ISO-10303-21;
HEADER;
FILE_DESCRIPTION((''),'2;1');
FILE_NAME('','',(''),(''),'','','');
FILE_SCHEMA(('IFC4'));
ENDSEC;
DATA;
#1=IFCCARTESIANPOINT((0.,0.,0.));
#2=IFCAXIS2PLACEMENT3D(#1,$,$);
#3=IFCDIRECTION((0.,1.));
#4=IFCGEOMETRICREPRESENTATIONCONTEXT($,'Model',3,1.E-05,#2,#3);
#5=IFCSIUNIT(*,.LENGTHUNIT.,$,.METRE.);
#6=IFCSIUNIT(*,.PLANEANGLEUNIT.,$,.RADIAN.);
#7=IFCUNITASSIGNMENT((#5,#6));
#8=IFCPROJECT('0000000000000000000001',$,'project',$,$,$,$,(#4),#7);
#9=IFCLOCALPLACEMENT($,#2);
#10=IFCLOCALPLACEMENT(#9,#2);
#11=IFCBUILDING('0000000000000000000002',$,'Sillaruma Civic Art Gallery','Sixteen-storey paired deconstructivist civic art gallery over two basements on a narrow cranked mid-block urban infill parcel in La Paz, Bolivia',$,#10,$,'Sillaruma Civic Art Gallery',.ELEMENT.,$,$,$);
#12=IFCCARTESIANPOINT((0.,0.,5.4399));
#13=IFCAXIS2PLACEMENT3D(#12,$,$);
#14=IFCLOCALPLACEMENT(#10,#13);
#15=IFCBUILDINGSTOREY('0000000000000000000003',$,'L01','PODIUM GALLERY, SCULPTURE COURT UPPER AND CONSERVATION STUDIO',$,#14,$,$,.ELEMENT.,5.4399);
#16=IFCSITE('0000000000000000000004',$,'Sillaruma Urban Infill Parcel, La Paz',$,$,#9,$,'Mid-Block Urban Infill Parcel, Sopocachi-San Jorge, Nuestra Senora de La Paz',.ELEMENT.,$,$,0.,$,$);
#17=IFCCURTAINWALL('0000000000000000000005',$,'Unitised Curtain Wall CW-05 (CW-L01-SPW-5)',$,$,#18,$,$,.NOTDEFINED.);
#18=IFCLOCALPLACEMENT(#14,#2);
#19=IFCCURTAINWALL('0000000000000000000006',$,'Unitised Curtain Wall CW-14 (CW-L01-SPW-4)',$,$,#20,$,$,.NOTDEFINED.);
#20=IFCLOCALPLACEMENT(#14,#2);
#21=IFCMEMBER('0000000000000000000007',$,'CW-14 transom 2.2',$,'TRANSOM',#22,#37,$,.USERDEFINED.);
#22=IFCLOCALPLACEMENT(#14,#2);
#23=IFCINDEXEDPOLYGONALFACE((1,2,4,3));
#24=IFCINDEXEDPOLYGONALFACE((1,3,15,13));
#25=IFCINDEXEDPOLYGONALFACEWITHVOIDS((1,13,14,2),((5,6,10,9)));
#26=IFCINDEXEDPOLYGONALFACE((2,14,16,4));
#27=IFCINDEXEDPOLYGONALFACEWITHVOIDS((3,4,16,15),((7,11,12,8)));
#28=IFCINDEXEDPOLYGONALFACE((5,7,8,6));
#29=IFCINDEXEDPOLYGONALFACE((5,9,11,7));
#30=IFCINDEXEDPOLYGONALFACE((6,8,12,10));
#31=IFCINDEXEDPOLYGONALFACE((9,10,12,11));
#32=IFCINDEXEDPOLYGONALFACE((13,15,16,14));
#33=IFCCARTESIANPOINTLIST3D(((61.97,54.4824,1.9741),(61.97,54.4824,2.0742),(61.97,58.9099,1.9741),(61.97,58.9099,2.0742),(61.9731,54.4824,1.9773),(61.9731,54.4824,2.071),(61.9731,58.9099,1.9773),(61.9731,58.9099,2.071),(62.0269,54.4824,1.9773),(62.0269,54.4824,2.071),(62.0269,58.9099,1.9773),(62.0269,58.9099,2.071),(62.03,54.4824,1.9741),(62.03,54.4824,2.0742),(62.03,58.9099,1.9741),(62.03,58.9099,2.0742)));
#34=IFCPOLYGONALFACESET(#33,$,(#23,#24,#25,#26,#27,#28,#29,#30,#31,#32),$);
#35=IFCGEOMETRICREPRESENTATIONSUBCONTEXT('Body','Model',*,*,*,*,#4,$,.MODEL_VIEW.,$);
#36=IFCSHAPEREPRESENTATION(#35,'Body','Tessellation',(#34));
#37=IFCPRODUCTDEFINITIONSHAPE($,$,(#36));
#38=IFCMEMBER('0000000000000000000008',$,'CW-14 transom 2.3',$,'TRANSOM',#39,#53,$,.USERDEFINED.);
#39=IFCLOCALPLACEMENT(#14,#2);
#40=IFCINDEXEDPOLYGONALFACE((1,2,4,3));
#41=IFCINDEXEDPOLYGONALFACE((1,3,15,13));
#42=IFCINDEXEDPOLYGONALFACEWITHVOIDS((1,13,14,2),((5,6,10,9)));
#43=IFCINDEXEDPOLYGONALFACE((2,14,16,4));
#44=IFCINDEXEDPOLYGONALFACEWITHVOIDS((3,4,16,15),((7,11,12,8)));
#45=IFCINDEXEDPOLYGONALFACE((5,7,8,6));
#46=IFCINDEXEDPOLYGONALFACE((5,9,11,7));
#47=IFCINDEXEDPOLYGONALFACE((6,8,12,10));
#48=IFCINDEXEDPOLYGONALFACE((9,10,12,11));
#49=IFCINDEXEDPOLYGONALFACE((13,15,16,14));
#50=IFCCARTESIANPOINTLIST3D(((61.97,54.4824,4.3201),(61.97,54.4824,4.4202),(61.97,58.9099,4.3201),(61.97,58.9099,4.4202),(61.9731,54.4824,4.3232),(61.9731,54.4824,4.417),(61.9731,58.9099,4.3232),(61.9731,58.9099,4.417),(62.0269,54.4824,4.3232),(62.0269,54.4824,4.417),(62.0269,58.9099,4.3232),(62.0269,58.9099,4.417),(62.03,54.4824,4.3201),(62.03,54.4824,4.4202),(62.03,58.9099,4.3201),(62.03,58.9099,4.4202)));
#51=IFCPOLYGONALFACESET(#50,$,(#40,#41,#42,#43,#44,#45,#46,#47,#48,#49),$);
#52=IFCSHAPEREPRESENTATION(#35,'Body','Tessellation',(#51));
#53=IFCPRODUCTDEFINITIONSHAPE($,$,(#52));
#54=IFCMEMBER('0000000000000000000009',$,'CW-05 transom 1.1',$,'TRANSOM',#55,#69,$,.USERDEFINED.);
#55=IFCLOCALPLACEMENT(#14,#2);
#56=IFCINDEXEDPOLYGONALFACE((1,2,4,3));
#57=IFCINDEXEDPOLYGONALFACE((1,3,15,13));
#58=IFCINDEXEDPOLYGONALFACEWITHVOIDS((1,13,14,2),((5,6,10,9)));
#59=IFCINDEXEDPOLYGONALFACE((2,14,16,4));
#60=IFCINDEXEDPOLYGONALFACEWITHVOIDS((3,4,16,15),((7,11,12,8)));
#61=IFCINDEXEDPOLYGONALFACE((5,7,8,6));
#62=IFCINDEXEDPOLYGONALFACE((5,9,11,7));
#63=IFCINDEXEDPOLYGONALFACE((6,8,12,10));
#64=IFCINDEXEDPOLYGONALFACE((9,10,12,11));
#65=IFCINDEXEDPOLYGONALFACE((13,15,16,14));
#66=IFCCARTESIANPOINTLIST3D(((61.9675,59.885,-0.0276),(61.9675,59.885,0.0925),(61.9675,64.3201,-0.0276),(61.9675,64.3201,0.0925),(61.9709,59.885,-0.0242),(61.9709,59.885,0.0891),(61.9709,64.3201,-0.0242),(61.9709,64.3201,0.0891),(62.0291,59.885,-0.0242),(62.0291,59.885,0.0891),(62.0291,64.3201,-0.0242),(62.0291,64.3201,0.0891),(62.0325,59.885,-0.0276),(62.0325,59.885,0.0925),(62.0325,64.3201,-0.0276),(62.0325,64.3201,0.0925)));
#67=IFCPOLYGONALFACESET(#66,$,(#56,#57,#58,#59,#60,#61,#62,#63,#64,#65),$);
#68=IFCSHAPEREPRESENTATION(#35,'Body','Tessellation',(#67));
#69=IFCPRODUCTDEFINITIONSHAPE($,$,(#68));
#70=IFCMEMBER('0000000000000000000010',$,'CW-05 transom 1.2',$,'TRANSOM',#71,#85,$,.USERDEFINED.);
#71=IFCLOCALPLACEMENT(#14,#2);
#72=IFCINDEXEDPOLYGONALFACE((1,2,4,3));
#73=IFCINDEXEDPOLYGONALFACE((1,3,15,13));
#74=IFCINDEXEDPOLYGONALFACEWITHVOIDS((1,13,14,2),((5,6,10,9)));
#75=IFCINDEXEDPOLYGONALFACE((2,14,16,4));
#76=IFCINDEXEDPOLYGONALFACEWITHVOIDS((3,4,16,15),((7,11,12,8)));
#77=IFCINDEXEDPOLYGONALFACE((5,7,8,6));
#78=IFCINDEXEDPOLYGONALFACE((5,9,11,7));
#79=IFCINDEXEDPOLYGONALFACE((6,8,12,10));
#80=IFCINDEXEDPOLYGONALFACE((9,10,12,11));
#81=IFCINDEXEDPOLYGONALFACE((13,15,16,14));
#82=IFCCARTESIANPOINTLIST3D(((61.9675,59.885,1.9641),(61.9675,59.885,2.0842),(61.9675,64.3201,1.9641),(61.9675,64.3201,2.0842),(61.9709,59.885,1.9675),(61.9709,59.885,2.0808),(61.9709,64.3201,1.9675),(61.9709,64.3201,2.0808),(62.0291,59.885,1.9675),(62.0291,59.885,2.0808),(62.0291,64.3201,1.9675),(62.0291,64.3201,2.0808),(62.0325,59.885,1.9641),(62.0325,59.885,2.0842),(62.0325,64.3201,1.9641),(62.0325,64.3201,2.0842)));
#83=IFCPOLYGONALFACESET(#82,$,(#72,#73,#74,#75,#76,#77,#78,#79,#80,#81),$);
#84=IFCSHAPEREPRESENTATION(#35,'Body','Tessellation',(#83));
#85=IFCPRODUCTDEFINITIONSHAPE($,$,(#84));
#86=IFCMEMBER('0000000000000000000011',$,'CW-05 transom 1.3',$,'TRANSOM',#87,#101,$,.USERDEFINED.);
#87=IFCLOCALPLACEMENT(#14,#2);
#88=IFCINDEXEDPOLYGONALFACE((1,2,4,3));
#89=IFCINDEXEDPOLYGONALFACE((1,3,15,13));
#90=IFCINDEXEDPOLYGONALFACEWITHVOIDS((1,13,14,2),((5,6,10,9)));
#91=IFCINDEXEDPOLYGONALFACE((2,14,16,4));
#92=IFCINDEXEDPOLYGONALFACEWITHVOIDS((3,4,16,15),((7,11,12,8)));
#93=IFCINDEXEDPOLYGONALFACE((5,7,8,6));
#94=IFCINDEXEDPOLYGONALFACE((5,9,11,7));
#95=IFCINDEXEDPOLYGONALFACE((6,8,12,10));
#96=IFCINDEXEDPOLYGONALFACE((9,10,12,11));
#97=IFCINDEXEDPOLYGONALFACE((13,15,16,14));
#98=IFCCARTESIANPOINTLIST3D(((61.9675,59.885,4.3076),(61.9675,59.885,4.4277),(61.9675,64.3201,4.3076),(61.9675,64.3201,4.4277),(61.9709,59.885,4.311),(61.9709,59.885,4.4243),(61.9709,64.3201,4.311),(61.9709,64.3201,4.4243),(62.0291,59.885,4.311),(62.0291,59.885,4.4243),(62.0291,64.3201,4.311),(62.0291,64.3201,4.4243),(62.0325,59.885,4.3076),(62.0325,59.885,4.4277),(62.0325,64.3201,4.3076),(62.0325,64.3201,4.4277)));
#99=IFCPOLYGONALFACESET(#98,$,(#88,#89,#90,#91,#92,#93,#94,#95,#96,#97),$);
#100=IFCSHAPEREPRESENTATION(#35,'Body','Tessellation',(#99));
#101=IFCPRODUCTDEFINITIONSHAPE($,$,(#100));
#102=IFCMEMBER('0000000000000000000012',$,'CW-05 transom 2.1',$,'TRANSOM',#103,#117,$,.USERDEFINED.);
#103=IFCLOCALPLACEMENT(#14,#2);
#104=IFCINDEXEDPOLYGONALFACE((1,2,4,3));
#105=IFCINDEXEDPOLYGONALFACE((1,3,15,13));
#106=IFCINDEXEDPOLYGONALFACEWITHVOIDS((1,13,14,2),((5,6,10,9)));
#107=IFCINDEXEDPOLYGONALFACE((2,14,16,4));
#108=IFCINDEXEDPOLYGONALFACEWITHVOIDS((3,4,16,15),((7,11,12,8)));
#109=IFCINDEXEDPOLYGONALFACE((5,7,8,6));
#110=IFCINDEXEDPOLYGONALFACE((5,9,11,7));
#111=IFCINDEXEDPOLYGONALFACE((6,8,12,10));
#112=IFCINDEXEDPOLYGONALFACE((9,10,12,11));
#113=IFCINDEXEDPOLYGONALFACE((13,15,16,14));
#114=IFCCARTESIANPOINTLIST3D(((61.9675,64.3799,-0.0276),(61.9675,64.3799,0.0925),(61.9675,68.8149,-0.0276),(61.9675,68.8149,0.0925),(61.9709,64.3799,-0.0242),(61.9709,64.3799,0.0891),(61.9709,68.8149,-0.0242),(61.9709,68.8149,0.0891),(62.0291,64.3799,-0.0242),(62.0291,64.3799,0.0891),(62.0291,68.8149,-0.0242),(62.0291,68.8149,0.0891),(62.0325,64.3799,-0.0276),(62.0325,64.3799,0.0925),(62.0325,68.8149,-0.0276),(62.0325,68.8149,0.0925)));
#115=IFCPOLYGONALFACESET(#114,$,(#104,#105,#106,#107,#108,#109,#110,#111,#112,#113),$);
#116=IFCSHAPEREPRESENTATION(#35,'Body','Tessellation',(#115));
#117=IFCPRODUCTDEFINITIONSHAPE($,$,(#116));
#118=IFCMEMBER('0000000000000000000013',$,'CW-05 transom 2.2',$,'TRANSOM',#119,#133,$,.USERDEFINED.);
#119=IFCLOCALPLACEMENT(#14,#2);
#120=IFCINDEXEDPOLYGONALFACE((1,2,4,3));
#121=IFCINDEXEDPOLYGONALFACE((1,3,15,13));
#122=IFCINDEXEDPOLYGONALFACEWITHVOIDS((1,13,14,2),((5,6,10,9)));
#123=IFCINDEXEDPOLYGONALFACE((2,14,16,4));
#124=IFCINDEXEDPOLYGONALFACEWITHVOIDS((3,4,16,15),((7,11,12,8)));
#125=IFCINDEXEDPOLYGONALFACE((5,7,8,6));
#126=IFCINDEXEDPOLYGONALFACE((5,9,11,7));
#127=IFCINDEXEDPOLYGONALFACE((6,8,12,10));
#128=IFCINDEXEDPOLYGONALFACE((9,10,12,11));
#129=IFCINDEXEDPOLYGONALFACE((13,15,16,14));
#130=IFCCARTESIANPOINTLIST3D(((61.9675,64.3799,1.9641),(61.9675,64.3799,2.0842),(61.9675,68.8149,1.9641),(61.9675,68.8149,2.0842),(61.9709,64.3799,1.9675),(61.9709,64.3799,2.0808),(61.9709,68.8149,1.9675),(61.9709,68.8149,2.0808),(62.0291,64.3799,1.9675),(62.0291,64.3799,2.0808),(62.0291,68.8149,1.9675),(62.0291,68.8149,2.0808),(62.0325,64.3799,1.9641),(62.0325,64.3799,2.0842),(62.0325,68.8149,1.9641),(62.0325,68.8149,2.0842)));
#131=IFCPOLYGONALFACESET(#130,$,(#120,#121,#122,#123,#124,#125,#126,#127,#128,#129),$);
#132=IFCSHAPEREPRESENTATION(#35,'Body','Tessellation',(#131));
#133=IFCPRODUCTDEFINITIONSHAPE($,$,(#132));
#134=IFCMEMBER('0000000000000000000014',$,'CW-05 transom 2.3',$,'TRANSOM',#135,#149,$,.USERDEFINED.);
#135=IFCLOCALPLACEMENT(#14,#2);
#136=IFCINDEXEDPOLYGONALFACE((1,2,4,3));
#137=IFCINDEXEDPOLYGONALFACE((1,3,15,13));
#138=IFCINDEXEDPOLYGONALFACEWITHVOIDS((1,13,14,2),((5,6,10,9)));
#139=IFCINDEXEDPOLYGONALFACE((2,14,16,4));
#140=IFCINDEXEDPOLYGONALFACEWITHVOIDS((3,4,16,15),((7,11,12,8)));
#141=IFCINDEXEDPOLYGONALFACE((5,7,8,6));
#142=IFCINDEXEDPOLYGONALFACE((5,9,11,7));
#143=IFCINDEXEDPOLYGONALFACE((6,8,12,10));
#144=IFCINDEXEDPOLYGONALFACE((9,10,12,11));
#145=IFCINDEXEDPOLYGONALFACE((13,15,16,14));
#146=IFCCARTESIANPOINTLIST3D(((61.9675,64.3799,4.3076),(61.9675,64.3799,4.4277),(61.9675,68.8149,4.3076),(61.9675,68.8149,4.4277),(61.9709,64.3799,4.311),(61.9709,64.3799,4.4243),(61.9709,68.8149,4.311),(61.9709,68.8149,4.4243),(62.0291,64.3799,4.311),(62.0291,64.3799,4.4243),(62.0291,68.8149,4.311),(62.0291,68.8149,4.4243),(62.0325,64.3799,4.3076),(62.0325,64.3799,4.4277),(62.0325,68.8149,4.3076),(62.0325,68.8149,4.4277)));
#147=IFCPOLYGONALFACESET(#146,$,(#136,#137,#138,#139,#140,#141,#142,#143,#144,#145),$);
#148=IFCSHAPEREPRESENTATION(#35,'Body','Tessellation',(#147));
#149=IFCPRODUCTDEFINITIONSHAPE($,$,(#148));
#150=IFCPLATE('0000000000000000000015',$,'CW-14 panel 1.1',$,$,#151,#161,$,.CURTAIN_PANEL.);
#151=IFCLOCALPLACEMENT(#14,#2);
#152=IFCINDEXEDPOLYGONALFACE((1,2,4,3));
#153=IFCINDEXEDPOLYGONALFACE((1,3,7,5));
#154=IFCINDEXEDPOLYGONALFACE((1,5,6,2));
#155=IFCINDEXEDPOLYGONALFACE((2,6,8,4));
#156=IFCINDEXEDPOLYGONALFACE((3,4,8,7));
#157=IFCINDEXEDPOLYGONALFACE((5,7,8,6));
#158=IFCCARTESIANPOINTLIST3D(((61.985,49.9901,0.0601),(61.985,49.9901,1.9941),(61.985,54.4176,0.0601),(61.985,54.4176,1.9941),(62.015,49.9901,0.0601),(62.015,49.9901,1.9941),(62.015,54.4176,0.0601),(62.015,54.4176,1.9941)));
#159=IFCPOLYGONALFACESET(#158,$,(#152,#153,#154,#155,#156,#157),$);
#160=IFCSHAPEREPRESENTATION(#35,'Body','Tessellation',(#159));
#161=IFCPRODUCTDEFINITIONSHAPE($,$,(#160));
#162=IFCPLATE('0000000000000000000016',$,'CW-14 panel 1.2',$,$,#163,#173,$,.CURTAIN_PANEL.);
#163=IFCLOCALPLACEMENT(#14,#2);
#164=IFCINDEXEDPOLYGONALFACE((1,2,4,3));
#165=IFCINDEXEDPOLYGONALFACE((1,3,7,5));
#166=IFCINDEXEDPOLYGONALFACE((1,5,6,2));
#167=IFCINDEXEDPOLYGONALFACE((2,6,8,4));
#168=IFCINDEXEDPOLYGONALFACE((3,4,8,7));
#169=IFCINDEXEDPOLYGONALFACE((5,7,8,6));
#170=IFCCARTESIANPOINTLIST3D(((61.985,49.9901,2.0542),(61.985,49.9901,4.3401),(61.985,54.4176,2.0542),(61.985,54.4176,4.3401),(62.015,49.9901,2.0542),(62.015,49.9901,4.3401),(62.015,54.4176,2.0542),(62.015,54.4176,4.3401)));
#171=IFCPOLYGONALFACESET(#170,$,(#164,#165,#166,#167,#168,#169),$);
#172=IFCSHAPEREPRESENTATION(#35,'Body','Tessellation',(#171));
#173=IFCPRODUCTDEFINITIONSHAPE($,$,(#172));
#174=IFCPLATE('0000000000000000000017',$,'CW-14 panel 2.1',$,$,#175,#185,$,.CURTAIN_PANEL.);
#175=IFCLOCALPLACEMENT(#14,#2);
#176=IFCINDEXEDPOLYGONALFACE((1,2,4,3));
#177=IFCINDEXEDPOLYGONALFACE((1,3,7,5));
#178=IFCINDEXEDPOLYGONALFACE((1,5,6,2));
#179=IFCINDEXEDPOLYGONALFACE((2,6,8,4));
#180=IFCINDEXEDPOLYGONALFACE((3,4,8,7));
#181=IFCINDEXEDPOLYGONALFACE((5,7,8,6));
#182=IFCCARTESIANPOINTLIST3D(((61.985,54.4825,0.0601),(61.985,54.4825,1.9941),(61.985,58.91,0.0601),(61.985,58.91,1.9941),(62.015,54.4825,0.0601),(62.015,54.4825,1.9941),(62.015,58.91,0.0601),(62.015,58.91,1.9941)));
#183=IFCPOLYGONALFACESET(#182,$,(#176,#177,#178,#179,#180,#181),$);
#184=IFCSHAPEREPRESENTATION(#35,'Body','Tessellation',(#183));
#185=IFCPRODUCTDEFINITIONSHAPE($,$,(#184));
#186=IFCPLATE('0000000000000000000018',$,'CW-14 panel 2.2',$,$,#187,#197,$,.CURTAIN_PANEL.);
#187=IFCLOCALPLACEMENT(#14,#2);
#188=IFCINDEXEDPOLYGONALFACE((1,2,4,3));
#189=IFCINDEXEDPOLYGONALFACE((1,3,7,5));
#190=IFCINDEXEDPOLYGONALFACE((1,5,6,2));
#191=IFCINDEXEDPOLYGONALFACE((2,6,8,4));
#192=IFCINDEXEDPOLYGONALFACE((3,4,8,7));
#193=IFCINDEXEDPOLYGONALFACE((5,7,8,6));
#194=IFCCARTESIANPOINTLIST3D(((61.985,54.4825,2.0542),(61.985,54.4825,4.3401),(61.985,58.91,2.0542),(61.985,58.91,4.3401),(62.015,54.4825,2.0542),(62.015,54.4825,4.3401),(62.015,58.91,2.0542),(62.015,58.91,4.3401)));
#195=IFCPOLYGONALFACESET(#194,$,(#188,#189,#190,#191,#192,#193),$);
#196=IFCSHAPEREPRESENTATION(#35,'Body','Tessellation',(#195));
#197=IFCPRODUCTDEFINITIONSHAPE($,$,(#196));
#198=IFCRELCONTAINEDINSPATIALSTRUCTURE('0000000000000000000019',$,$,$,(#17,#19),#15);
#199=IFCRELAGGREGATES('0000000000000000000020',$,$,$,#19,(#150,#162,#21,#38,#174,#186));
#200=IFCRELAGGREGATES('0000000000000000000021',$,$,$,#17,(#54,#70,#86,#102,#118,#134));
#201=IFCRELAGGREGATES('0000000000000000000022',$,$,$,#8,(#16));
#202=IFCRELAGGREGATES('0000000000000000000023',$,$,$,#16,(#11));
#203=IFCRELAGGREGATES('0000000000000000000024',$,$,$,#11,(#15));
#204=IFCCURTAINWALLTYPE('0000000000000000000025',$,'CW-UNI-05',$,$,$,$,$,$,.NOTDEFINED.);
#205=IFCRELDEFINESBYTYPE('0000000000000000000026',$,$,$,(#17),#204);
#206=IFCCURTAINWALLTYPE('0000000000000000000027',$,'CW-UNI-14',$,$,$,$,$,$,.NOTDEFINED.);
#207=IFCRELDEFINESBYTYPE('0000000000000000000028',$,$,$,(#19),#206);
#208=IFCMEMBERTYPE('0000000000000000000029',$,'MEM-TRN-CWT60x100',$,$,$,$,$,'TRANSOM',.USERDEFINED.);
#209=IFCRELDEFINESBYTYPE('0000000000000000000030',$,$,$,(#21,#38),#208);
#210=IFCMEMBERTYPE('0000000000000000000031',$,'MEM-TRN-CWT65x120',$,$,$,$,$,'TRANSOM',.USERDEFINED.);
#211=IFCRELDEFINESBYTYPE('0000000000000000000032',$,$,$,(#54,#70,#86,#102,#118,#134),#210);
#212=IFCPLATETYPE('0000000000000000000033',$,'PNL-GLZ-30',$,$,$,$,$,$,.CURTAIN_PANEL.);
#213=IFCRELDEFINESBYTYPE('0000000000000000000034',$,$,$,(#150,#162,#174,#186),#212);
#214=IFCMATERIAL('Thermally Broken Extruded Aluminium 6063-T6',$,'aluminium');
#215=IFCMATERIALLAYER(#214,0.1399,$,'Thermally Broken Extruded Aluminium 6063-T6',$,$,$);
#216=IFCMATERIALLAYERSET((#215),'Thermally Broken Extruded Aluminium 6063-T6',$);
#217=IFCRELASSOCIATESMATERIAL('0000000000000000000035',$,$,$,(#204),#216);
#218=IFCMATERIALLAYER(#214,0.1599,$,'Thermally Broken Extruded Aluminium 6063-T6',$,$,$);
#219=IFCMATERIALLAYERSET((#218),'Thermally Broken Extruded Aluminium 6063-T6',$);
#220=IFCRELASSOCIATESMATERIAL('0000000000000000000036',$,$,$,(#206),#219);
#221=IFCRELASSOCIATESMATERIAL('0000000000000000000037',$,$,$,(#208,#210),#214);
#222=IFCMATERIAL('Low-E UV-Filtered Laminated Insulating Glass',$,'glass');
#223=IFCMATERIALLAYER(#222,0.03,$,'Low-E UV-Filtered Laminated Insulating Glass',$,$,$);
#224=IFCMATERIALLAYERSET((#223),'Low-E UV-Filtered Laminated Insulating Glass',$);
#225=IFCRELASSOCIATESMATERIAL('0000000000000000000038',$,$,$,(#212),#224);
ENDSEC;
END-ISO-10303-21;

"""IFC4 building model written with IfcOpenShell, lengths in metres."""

from ifc_helpers import new_model, si_unit, direction, frame, origin, origin_2d, place, context, subcontext, project, spatial, rectangle, hollow_rectangle, extrude, material, layer, layer_set, material_profile, profile_set, type_object, element, aggregate, save


model = new_model("IFC4")

# Units and contexts
model_context = context("Model", 3, precision=1e-05, world=origin(), true_north=direction((0.0, 1.0)))
body_context = subcontext(model_context, "Body", "Model", "MODEL_VIEW")
ifc_project = project(units=[si_unit("LENGTHUNIT", "METRE"), si_unit("PLANEANGLEUNIT", "RADIAN")], contexts=[model_context])

# Site, building, storey
site_placement = place(None, origin())
site = spatial("IfcSite", under=ifc_project, at=site_placement, Name="Sillaruma Urban Infill Parcel, La Paz", LongName="Mid-Block Urban Infill Parcel, Sopocachi-San Jorge, Nuestra Senora de La Paz", CompositionType="ELEMENT", RefElevation=0.0)
building_placement = place(site_placement, origin())
building = spatial("IfcBuilding", under=site, at=building_placement, Name="Sillaruma Civic Art Gallery", Description="Sixteen-storey paired deconstructivist civic art gallery over two basements on a narrow cranked mid-block urban infill parcel in La Paz, Bolivia", LongName="Sillaruma Civic Art Gallery", CompositionType="ELEMENT")
storey_placement = place(building_placement, frame((0.0, 0.0, 5.4399)))
storey = spatial("IfcBuildingStorey", under=building, at=storey_placement, Name="L01", Description="PODIUM GALLERY, SCULPTURE COURT UPPER AND CONSERVATION STUDIO", CompositionType="ELEMENT", Elevation=5.4399)

# Curtain walls, members
ifc_material_1 = material(Name="Thermally Broken Extruded Aluminium 6063-T6", Category="aluminium")
ifc_layer_1 = layer(ifc_material_1, 0.1399, Name="Thermally Broken Extruded Aluminium 6063-T6")
ifc_layer_set_1 = layer_set([ifc_layer_1], Name="Thermally Broken Extruded Aluminium 6063-T6")
curtain_wall_type_1 = type_object("IfcCurtainWallType", Name="CW-UNI-05", PredefinedType="NOTDEFINED", material=ifc_layer_set_1)
curtain_wall_1_placement = place(storey_placement, origin())
curtain_wall_1 = element("IfcCurtainWall", 1, at=curtain_wall_1_placement, inside=storey, type_object=curtain_wall_type_1, Name="Unitised Curtain Wall CW-05 (CW-L01-SPW-5)", PredefinedType="NOTDEFINED")
ifc_layer_2 = layer(ifc_material_1, 0.1599, Name="Thermally Broken Extruded Aluminium 6063-T6")
ifc_layer_set_2 = layer_set([ifc_layer_2], Name="Thermally Broken Extruded Aluminium 6063-T6")
curtain_wall_type_2 = type_object("IfcCurtainWallType", Name="CW-UNI-14", PredefinedType="NOTDEFINED", material=ifc_layer_set_2)
curtain_wall_2_placement = place(storey_placement, origin())
curtain_wall_2 = element("IfcCurtainWall", 2, at=curtain_wall_2_placement, inside=storey, type_object=curtain_wall_type_2, Name="Unitised Curtain Wall CW-14 (CW-L01-SPW-4)", PredefinedType="NOTDEFINED")
ifc_material_profile_1 = material_profile(ifc_material_1, hollow_rectangle(XDim=0.0601, YDim=0.1001, WallThickness=0.0032, at=origin_2d()), Name="CWT60x100")
ifc_profile_set_1 = profile_set([ifc_material_profile_1], Name="Thermally Broken Extruded Aluminium 6063-T6")
member_type_1 = type_object("IfcMemberType", Name="MEM-TRN-CWT60x100", ElementType="TRANSOM", PredefinedType="USERDEFINED", material=ifc_profile_set_1)
member_1_placement = place(storey_placement, frame((62.0, 54.4824, 2.0242), z_axis=(0.0, 1.0, 0.0), x_axis=(-1.0, 0.0, 0.0)))
member_1 = element("IfcMember", 3, at=member_1_placement, type_object=member_type_1, Name="CW-14 transom 2.2", ObjectType="TRANSOM", PredefinedType="USERDEFINED", context=body_context, shape_type="SweptSolid", body=[
    extrude(hollow_rectangle(XDim=0.0601, YDim=0.1001, WallThickness=0.0032, at=origin_2d()), origin(), (0.0, 0.0, 1.0), 4.4275),
])
member_2_placement = place(storey_placement, frame((62.0, 54.4824, 4.3701), z_axis=(0.0, 1.0, 0.0), x_axis=(-1.0, 0.0, 0.0)))
member_2 = element("IfcMember", 4, at=member_2_placement, type_object=member_type_1, Name="CW-14 transom 2.3", ObjectType="TRANSOM", PredefinedType="USERDEFINED", context=body_context, shape_type="SweptSolid", body=[
    extrude(hollow_rectangle(XDim=0.0601, YDim=0.1001, WallThickness=0.0032, at=origin_2d()), origin(), (0.0, 0.0, 1.0), 4.4275),
])

# Members
ifc_material_profile_2 = material_profile(ifc_material_1, hollow_rectangle(XDim=0.0649, YDim=0.1201, WallThickness=0.0034, at=origin_2d()), Name="CWT65x120")
ifc_profile_set_2 = profile_set([ifc_material_profile_2], Name="Thermally Broken Extruded Aluminium 6063-T6")
member_type_2 = type_object("IfcMemberType", Name="MEM-TRN-CWT65x120", ElementType="TRANSOM", PredefinedType="USERDEFINED", material=ifc_profile_set_2)
member_3_placement = place(storey_placement, frame((62.0, 59.885, 0.0325), z_axis=(0.0, 1.0, 0.0), x_axis=(-1.0, 0.0, 0.0)))
member_3 = element("IfcMember", 5, at=member_3_placement, type_object=member_type_2, Name="CW-05 transom 1.1", ObjectType="TRANSOM", PredefinedType="USERDEFINED", context=body_context, shape_type="SweptSolid", body=[
    extrude(hollow_rectangle(XDim=0.0649, YDim=0.1201, WallThickness=0.0034, at=origin_2d()), origin(), (0.0, 0.0, 1.0), 4.4351),
])
member_4_placement = place(storey_placement, frame((62.0, 59.885, 2.0242), z_axis=(0.0, 1.0, 0.0), x_axis=(-1.0, 0.0, 0.0)))
member_4 = element("IfcMember", 6, at=member_4_placement, type_object=member_type_2, Name="CW-05 transom 1.2", ObjectType="TRANSOM", PredefinedType="USERDEFINED", context=body_context, shape_type="SweptSolid", body=[
    extrude(hollow_rectangle(XDim=0.0649, YDim=0.1201, WallThickness=0.0034, at=origin_2d()), origin(), (0.0, 0.0, 1.0), 4.4351),
])
member_5_placement = place(storey_placement, frame((62.0, 59.885, 4.3677), z_axis=(0.0, 1.0, 0.0), x_axis=(-1.0, 0.0, 0.0)))
member_5 = element("IfcMember", 7, at=member_5_placement, type_object=member_type_2, Name="CW-05 transom 1.3", ObjectType="TRANSOM", PredefinedType="USERDEFINED", context=body_context, shape_type="SweptSolid", body=[
    extrude(hollow_rectangle(XDim=0.0649, YDim=0.1201, WallThickness=0.0034, at=origin_2d()), origin(), (0.0, 0.0, 1.0), 4.4351),
])
member_6_placement = place(storey_placement, frame((62.0, 64.3799, 0.0325), z_axis=(0.0, 1.0, 0.0), x_axis=(-1.0, 0.0, 0.0)))
member_6 = element("IfcMember", 8, at=member_6_placement, type_object=member_type_2, Name="CW-05 transom 2.1", ObjectType="TRANSOM", PredefinedType="USERDEFINED", context=body_context, shape_type="SweptSolid", body=[
    extrude(hollow_rectangle(XDim=0.0649, YDim=0.1201, WallThickness=0.0034, at=origin_2d()), origin(), (0.0, 0.0, 1.0), 4.4351),
])
member_7_placement = place(storey_placement, frame((62.0, 64.3799, 2.0242), z_axis=(0.0, 1.0, 0.0), x_axis=(-1.0, 0.0, 0.0)))
member_7 = element("IfcMember", 9, at=member_7_placement, type_object=member_type_2, Name="CW-05 transom 2.2", ObjectType="TRANSOM", PredefinedType="USERDEFINED", context=body_context, shape_type="SweptSolid", body=[
    extrude(hollow_rectangle(XDim=0.0649, YDim=0.1201, WallThickness=0.0034, at=origin_2d()), origin(), (0.0, 0.0, 1.0), 4.4351),
])
member_8_placement = place(storey_placement, frame((62.0, 64.3799, 4.3677), z_axis=(0.0, 1.0, 0.0), x_axis=(-1.0, 0.0, 0.0)))
member_8 = element("IfcMember", 10, at=member_8_placement, type_object=member_type_2, Name="CW-05 transom 2.3", ObjectType="TRANSOM", PredefinedType="USERDEFINED", context=body_context, shape_type="SweptSolid", body=[
    extrude(hollow_rectangle(XDim=0.0649, YDim=0.1201, WallThickness=0.0034, at=origin_2d()), origin(), (0.0, 0.0, 1.0), 4.4351),
])

# Plates
ifc_material_2 = material(Name="Low-E UV-Filtered Laminated Insulating Glass", Category="glass")
ifc_layer_3 = layer(ifc_material_2, 0.03, Name="Low-E UV-Filtered Laminated Insulating Glass")
ifc_layer_set_3 = layer_set([ifc_layer_3], Name="Low-E UV-Filtered Laminated Insulating Glass")
plate_type_1 = type_object("IfcPlateType", Name="PNL-GLZ-30", PredefinedType="CURTAIN_PANEL", material=ifc_layer_set_3)
plate_1_placement = place(storey_placement, frame((62.0, 52.2039, 0.0601), z_axis=(0.0, 0.0, 1.0), x_axis=(0.0, 1.0, 0.0)))
plate_1 = element("IfcPlate", 11, at=plate_1_placement, type_object=plate_type_1, Name="CW-14 panel 1.1", PredefinedType="CURTAIN_PANEL", context=body_context, shape_type="SweptSolid", body=[
    extrude(rectangle(XDim=4.4275, YDim=0.03, at=origin_2d()), origin(), (0.0, 0.0, 1.0), 1.9341),
])
plate_2_placement = place(storey_placement, frame((62.0, 52.2039, 2.0542), z_axis=(0.0, 0.0, 1.0), x_axis=(0.0, 1.0, 0.0)))
plate_2 = element("IfcPlate", 12, at=plate_2_placement, type_object=plate_type_1, Name="CW-14 panel 1.2", PredefinedType="CURTAIN_PANEL", context=body_context, shape_type="SweptSolid", body=[
    extrude(rectangle(XDim=4.4275, YDim=0.03, at=origin_2d()), origin(), (0.0, 0.0, 1.0), 2.2859),
])
plate_3_placement = place(storey_placement, frame((62.0, 56.6963, 0.0601), z_axis=(0.0, 0.0, 1.0), x_axis=(0.0, 1.0, 0.0)))
plate_3 = element("IfcPlate", 13, at=plate_3_placement, type_object=plate_type_1, Name="CW-14 panel 2.1", PredefinedType="CURTAIN_PANEL", context=body_context, shape_type="SweptSolid", body=[
    extrude(rectangle(XDim=4.4275, YDim=0.03, at=origin_2d()), origin(), (0.0, 0.0, 1.0), 1.9341),
])
plate_4_placement = place(storey_placement, frame((62.0, 56.6963, 2.0542), z_axis=(0.0, 0.0, 1.0), x_axis=(0.0, 1.0, 0.0)))
plate_4 = element("IfcPlate", 14, at=plate_4_placement, type_object=plate_type_1, Name="CW-14 panel 2.2", PredefinedType="CURTAIN_PANEL", context=body_context, shape_type="SweptSolid", body=[
    extrude(rectangle(XDim=4.4275, YDim=0.03, at=origin_2d()), origin(), (0.0, 0.0, 1.0), 2.2859),
])
aggregate(curtain_wall_2, [plate_1, plate_2, member_1, member_2, plate_3, plate_4])
aggregate(curtain_wall_1, [member_3, member_4, member_5, member_6, member_7, member_8])

save(model, "model.ifc")
